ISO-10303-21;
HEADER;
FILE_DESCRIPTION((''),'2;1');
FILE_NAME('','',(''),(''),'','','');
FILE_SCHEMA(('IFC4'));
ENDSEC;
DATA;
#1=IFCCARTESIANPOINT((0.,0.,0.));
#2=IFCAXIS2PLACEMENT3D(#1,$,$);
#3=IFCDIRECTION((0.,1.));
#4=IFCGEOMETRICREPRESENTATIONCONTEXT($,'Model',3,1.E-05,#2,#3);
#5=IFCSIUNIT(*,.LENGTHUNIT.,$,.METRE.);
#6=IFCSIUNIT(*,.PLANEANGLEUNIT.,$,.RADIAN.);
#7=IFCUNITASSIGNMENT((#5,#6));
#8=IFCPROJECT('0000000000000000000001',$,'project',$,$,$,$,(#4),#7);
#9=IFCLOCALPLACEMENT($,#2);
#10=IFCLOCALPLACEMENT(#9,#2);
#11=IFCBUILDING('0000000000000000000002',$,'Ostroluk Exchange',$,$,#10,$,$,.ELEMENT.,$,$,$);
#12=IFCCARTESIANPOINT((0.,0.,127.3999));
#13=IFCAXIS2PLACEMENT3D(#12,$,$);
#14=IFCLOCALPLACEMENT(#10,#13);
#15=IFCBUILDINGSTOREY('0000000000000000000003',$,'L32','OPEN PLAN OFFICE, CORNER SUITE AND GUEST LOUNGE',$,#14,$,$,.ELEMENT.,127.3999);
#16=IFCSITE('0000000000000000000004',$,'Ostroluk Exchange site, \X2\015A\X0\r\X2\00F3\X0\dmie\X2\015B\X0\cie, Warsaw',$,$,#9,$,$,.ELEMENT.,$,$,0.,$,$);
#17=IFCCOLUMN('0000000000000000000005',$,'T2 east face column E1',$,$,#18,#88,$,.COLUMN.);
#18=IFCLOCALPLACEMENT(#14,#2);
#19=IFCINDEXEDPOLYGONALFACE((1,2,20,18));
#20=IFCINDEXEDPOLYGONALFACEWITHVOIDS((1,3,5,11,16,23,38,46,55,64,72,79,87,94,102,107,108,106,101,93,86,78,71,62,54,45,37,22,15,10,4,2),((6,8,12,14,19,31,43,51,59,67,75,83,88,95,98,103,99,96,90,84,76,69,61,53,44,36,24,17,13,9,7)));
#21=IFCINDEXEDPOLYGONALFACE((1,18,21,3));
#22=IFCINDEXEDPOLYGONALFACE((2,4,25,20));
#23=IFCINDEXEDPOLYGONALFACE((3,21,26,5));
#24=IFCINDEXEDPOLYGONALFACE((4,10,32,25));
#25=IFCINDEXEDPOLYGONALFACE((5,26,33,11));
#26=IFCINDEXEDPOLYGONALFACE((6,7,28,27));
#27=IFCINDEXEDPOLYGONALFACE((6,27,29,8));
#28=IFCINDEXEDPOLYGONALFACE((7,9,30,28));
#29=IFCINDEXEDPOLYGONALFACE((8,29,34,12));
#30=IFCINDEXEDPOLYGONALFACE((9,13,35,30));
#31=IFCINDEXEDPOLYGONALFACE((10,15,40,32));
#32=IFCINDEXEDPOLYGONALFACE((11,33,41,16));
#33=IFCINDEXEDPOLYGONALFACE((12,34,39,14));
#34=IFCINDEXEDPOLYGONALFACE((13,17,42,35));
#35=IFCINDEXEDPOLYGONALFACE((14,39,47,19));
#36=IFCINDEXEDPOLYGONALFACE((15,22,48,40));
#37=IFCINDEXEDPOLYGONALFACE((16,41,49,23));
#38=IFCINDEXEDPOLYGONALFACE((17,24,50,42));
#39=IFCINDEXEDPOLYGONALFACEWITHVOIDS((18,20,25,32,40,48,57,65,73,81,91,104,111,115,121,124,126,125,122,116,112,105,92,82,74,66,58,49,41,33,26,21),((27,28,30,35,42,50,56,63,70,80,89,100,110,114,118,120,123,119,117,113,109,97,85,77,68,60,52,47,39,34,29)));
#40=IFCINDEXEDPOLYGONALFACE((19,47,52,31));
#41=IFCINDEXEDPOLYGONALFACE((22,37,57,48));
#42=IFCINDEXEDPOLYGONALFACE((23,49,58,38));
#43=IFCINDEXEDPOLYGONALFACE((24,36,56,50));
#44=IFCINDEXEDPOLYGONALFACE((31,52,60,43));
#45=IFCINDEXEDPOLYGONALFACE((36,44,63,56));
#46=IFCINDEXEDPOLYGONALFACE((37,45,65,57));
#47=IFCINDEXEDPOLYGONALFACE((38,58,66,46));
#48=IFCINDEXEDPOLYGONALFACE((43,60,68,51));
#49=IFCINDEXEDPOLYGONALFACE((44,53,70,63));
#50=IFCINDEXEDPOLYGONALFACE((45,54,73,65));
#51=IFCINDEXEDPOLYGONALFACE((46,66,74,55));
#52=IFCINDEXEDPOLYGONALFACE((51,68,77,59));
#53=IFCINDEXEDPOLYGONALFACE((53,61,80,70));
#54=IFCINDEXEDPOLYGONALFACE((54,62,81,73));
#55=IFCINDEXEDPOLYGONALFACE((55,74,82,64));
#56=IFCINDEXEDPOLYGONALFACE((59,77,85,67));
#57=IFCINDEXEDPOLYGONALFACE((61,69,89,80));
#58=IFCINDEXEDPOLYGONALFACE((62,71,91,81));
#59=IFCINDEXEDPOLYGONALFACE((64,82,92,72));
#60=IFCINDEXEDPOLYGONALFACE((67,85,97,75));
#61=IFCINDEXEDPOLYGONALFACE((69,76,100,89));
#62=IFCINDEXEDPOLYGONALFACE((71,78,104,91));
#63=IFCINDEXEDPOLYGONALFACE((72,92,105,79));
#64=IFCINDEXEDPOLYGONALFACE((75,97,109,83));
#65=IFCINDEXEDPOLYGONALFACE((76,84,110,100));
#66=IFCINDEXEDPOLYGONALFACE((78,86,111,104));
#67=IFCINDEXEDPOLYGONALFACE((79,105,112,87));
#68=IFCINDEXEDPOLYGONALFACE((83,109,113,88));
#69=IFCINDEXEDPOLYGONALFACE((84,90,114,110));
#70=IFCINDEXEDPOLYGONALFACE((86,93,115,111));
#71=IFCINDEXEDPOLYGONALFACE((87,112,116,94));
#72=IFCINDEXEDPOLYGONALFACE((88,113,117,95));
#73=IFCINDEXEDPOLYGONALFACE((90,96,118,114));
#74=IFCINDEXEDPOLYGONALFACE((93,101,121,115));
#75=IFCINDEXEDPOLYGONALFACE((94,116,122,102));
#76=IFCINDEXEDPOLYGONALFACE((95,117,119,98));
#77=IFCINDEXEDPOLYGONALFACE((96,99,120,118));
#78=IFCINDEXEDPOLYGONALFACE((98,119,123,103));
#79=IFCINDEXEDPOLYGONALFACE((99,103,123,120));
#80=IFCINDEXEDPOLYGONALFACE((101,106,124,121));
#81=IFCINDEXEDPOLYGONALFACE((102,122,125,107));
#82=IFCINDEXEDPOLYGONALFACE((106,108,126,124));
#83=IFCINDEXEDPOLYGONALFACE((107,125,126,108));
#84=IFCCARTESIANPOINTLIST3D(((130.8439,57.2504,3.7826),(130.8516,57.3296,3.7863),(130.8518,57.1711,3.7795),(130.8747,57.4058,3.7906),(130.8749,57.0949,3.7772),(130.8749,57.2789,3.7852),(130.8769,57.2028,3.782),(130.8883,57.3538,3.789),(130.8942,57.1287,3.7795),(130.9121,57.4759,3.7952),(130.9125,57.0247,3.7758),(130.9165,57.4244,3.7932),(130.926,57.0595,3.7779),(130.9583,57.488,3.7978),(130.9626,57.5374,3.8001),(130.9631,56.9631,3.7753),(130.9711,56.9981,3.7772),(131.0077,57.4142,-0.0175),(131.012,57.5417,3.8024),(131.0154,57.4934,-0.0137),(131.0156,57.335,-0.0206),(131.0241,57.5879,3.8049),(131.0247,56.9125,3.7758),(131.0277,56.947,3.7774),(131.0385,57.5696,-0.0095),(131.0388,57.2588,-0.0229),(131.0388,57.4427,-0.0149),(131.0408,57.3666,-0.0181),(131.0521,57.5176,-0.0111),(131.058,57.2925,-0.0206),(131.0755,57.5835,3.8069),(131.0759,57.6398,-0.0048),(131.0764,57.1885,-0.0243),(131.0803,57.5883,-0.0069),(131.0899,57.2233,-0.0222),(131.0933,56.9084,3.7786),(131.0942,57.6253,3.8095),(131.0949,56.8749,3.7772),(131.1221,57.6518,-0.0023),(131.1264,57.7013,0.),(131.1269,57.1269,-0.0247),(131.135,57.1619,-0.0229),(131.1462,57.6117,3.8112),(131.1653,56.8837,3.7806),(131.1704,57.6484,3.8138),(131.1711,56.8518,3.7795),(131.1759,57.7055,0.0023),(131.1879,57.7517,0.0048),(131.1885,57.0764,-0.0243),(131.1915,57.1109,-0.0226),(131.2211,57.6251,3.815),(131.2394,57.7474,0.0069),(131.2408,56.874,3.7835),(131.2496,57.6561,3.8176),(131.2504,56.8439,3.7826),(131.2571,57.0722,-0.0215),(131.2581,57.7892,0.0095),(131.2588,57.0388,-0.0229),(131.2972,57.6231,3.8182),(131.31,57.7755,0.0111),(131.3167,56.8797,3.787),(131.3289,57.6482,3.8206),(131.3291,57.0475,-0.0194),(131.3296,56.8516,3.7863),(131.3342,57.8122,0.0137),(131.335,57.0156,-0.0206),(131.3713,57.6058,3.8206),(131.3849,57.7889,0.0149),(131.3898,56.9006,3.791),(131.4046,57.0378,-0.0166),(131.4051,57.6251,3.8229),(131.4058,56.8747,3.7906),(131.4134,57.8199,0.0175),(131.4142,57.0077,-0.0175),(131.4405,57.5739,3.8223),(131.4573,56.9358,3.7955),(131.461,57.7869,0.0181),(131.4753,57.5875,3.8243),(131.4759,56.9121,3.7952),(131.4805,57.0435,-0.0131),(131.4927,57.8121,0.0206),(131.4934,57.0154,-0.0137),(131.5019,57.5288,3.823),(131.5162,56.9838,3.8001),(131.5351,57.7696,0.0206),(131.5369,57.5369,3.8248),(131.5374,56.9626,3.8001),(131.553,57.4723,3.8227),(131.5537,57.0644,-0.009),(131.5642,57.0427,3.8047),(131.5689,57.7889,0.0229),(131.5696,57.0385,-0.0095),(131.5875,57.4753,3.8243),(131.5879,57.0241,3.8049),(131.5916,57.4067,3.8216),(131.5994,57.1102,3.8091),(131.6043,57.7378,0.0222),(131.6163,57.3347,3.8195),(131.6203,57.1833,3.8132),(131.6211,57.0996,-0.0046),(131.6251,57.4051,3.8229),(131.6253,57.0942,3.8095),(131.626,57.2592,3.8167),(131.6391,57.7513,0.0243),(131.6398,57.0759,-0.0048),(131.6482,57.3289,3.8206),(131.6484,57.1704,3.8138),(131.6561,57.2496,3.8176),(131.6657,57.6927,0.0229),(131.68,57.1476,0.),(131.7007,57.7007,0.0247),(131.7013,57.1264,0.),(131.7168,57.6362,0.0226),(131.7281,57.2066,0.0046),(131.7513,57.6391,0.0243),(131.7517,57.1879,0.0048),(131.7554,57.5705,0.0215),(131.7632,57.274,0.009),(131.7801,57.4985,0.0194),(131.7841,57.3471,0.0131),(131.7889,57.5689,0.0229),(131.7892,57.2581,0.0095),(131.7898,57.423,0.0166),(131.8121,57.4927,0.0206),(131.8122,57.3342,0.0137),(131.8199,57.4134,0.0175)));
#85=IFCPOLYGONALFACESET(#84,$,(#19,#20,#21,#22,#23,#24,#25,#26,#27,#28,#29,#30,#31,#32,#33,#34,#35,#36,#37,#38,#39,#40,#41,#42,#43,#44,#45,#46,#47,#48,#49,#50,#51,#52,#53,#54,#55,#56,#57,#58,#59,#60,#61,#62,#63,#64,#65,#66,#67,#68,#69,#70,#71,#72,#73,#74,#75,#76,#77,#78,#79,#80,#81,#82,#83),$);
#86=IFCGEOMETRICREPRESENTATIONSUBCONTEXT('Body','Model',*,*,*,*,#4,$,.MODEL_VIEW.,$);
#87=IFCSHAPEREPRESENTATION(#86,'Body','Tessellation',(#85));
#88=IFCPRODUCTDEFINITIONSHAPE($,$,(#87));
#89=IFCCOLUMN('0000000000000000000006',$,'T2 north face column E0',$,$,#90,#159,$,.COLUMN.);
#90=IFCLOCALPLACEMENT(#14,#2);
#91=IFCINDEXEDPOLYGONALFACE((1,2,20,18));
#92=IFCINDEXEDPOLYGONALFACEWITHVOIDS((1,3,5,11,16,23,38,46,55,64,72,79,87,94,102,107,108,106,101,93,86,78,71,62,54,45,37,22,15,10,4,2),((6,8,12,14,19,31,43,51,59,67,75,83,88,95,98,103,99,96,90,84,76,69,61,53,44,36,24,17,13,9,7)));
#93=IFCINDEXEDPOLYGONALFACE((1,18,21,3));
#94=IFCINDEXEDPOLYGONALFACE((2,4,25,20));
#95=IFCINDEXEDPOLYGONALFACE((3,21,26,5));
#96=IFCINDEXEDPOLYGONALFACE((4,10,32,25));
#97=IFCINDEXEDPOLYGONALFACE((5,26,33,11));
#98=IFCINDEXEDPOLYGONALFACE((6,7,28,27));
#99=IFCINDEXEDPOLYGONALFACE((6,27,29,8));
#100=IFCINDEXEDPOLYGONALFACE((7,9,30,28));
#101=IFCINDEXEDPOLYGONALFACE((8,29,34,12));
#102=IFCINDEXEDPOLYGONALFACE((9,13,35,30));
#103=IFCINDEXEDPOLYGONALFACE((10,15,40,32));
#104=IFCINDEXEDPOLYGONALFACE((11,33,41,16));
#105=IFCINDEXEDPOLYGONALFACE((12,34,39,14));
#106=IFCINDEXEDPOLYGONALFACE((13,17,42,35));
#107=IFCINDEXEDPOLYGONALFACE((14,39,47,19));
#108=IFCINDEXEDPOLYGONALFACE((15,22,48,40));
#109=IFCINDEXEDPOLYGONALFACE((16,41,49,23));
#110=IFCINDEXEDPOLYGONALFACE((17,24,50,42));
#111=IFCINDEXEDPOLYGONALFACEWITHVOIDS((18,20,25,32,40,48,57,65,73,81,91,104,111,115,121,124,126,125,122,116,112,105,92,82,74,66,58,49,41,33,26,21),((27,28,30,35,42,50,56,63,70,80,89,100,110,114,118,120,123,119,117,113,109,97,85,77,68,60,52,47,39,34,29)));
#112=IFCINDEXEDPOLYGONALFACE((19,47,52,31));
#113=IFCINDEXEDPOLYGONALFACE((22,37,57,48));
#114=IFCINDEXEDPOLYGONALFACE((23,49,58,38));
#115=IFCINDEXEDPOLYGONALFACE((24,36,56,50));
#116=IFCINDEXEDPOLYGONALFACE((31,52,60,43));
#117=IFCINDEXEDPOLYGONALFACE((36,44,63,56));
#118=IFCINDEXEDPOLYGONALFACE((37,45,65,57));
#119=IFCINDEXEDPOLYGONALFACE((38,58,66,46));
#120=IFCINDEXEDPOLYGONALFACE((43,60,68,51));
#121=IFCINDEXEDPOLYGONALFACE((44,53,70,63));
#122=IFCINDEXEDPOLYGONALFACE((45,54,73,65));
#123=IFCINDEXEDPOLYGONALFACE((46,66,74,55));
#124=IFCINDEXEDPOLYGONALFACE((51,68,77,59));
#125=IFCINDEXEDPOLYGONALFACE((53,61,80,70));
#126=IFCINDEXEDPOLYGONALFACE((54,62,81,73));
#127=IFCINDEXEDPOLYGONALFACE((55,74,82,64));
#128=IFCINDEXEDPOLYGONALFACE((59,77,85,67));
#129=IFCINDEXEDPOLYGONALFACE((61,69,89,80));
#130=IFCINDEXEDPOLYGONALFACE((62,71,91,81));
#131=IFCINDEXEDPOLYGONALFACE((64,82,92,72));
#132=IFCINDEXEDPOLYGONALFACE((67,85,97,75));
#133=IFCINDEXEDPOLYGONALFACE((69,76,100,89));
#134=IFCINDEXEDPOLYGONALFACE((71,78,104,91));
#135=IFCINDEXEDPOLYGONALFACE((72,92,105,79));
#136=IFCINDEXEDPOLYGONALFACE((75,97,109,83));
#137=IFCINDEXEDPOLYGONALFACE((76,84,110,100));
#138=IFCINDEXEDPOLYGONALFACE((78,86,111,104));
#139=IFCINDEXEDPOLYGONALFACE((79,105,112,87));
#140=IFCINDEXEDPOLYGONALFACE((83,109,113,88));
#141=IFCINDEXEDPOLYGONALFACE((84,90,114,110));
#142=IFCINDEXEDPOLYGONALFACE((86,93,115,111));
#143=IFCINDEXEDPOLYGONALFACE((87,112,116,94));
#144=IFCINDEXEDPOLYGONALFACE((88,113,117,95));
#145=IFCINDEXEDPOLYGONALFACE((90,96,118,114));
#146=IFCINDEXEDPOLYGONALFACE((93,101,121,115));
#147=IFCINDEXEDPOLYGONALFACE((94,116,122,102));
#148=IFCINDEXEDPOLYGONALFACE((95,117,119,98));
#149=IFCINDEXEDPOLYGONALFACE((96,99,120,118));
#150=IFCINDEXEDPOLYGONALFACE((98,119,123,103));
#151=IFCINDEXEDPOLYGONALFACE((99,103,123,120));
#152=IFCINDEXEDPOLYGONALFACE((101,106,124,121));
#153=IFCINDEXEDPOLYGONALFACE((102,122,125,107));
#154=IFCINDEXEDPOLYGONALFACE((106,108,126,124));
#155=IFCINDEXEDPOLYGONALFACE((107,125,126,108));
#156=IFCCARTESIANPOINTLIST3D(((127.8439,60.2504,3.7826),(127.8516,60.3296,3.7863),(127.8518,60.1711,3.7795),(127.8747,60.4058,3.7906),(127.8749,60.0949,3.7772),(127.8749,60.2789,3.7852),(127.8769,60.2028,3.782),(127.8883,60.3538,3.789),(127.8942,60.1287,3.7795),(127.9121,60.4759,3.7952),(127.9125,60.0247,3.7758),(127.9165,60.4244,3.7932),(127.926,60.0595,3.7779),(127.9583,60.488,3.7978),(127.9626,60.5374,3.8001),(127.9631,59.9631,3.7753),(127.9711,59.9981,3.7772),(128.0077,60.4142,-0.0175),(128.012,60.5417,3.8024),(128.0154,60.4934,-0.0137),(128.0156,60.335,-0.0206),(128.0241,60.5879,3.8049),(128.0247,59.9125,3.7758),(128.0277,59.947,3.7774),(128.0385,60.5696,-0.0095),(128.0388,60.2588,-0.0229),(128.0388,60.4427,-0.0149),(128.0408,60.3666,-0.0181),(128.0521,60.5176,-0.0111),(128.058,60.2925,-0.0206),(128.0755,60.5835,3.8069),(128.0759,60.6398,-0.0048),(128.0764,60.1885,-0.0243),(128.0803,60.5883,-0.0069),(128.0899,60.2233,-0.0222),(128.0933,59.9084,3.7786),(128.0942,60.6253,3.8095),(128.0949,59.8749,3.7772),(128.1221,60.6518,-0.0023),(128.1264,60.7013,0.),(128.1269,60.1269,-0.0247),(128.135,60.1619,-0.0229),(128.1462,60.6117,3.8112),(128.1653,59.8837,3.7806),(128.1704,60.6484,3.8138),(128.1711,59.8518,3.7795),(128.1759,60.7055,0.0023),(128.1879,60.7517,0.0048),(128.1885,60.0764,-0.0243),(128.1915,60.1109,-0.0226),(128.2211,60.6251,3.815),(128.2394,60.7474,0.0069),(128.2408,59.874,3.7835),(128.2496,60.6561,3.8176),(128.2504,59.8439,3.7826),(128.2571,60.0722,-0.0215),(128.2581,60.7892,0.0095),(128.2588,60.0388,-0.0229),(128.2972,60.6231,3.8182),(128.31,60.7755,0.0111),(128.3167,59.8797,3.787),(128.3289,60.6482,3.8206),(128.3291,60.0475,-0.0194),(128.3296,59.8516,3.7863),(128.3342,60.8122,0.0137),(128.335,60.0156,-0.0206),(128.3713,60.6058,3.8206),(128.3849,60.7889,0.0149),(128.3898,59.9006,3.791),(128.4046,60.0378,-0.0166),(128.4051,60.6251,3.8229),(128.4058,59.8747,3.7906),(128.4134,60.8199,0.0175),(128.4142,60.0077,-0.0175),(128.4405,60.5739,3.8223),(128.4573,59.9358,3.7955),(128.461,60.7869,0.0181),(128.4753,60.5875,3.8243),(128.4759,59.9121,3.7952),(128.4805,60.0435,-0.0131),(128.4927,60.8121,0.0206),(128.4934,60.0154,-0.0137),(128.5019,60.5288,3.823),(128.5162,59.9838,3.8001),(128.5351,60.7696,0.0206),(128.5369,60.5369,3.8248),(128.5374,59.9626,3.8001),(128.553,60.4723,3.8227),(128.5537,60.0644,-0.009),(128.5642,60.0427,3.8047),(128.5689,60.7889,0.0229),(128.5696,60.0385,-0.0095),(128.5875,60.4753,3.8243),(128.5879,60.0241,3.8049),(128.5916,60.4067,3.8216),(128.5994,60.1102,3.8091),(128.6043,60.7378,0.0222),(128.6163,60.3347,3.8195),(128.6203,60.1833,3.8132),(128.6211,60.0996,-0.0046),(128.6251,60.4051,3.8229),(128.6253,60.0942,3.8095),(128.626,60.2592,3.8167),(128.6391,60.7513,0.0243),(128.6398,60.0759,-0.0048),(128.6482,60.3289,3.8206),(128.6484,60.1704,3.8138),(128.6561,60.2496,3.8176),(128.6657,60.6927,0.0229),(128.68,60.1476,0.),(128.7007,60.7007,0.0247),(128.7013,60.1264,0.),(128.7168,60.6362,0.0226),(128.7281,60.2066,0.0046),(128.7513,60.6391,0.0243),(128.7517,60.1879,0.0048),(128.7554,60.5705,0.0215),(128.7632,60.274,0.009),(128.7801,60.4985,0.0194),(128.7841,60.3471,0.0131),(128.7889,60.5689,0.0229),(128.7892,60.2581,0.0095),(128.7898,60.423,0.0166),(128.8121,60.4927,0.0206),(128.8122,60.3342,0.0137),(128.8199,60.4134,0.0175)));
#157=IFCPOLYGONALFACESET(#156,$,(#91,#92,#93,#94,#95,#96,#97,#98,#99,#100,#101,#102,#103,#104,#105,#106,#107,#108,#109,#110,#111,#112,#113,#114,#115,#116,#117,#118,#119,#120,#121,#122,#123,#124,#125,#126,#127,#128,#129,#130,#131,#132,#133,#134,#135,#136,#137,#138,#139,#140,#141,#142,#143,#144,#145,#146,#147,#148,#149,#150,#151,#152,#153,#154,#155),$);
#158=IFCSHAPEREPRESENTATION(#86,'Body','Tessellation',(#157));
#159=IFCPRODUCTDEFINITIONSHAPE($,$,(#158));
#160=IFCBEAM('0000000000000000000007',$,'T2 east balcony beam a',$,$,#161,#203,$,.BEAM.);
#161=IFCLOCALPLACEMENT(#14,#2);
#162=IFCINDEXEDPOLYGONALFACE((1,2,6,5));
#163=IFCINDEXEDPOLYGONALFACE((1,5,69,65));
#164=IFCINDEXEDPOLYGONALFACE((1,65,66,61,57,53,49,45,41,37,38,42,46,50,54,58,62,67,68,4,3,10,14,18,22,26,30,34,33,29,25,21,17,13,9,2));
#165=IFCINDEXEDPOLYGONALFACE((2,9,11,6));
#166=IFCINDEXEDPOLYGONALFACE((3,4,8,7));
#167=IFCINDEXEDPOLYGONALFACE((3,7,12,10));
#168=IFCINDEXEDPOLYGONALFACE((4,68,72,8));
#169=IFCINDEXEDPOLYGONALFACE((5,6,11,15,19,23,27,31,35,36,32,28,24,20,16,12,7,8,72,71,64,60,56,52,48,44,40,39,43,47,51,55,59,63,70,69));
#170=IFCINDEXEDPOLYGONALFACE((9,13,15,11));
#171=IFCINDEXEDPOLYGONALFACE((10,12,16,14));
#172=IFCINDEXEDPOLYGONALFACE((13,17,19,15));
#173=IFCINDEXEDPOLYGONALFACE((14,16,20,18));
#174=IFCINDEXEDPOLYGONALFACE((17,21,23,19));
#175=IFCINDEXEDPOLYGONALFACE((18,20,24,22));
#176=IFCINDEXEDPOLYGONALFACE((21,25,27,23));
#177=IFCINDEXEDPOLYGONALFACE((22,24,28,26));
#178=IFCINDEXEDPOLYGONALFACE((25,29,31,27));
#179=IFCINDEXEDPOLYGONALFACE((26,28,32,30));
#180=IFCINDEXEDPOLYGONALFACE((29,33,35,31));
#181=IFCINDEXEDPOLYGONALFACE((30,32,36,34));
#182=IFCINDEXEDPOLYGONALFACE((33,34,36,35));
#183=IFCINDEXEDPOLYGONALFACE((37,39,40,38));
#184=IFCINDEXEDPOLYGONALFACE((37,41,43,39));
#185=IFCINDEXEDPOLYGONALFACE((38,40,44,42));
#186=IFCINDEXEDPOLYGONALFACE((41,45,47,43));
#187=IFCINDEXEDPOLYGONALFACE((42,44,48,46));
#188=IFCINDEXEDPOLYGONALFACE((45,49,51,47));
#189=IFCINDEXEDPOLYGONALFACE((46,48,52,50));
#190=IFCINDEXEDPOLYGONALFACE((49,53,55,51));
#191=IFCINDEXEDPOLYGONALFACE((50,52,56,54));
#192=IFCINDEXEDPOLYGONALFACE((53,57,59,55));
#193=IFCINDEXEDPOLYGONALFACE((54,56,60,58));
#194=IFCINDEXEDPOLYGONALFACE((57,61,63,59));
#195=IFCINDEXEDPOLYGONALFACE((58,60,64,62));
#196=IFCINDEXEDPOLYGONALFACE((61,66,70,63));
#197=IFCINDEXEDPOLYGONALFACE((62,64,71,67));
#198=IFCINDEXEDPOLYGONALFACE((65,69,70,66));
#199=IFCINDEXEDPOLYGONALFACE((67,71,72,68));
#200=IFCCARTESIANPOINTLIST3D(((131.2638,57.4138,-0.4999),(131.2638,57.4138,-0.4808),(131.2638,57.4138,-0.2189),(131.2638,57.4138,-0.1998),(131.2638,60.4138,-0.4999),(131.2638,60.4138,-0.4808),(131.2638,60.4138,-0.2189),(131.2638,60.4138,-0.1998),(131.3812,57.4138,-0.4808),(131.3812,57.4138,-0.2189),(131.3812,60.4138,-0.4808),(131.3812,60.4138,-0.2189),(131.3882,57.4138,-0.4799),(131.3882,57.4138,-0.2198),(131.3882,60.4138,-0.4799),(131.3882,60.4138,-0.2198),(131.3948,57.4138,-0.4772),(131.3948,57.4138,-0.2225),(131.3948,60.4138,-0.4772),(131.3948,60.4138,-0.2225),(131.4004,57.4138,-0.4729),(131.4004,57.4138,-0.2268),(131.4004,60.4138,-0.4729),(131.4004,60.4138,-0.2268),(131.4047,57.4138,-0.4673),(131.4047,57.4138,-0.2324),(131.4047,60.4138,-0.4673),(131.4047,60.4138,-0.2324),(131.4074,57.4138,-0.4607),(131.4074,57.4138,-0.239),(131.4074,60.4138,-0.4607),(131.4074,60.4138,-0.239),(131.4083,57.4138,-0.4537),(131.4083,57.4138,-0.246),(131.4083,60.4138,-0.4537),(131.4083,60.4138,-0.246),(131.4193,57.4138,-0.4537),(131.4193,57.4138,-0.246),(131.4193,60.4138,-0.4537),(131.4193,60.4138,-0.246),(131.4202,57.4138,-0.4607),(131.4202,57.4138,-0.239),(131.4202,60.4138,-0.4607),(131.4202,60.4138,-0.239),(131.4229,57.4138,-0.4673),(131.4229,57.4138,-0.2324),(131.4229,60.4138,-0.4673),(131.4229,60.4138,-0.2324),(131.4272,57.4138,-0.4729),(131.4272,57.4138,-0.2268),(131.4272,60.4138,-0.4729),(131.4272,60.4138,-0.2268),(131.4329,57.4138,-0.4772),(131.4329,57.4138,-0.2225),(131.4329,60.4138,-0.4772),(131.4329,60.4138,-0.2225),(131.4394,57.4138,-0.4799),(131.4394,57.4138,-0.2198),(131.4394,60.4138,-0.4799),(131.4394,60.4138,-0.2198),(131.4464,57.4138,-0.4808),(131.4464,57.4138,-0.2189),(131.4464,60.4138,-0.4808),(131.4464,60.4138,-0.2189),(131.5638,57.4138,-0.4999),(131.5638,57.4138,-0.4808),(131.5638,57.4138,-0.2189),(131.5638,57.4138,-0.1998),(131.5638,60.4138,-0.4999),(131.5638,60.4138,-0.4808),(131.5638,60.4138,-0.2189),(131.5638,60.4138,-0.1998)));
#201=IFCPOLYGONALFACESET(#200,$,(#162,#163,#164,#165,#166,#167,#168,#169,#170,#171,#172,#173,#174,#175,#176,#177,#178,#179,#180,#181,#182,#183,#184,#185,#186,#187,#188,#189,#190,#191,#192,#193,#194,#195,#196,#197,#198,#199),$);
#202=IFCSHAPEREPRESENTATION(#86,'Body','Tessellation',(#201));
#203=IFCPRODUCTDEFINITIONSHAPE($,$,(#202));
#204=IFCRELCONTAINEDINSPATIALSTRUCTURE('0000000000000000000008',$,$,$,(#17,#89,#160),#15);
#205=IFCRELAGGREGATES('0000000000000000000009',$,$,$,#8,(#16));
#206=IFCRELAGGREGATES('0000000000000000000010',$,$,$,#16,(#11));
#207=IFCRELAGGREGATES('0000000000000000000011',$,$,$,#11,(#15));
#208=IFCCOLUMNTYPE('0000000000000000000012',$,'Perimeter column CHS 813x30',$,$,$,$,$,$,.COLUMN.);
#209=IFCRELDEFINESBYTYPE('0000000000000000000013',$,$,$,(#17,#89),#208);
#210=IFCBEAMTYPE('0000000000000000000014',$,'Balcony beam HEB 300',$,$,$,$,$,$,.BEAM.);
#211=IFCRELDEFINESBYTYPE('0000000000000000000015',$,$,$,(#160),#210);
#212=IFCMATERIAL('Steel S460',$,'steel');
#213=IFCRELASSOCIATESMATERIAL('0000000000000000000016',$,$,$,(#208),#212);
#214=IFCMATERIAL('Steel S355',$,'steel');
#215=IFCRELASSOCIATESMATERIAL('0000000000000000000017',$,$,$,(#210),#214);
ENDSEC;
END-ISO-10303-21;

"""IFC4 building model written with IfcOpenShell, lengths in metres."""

from ifc_helpers import new_model, si_unit, direction, frame, origin, origin_2d, place, context, subcontext, project, spatial, hollow_circle, i_section, extrude, material, material_profile, profile_set, type_object, element, save


model = new_model("IFC4")

# Units and contexts
model_context = context("Model", 3, precision=1e-05, world=origin(), true_north=direction((0.0, 1.0)))
body_context = subcontext(model_context, "Body", "Model", "MODEL_VIEW")
ifc_project = project(units=[si_unit("LENGTHUNIT", "METRE"), si_unit("PLANEANGLEUNIT", "RADIAN")], contexts=[model_context])

# Site, building, storey
site_placement = place(None, origin())
site = spatial("IfcSite", under=ifc_project, at=site_placement, Name="Ostroluk Exchange site, Śródmieście, Warsaw", CompositionType="ELEMENT", RefElevation=0.0)
building_placement = place(site_placement, origin())
building = spatial("IfcBuilding", under=site, at=building_placement, Name="Ostroluk Exchange", CompositionType="ELEMENT")
storey_placement = place(building_placement, frame((0.0, 0.0, 127.3999)))
storey = spatial("IfcBuildingStorey", under=building, at=storey_placement, Name="L32", Description="OPEN PLAN OFFICE, CORNER SUITE AND GUEST LOUNGE", CompositionType="ELEMENT", Elevation=127.3999)

# Columns
ifc_material_1 = material(Name="Steel S460", Category="steel")
ifc_material_profile_1 = material_profile(ifc_material_1, hollow_circle(Radius=0.4065, WallThickness=0.03, at=origin_2d()), Name="CHS 813x30")
ifc_profile_set_1 = profile_set([ifc_material_profile_1], Name="Steel S460")
column_type = type_object("IfcColumnType", Name="Perimeter column CHS 813x30", PredefinedType="COLUMN", material=ifc_profile_set_1)
for number, where, z_axis, x_axis, name in (
    (1, (131.4138, 57.4138, 0.0), (-0.04303, -0.04303, 0.998147), (0.707107, -0.707107, 0.0), "T2 east face column E1"),
    (2, (128.4138, 60.4138, 0.0), (-0.04303, -0.04303, 0.998147), (0.707107, -0.707107, 0.0), "T2 north face column E0"),
):
    element("IfcColumn", number, at=place(storey_placement, frame(where, z_axis=z_axis, x_axis=x_axis)), inside=storey, type_object=column_type, Name=name, PredefinedType="COLUMN", context=body_context, shape_type="SweptSolid", body=[
        extrude(hollow_circle(Radius=0.4065, WallThickness=0.03, at=origin_2d()), origin(), (0.0, 0.0, 1.0), 3.8071),
    ])

# Beam
ifc_material_2 = material(Name="Steel S355", Category="steel")
ifc_material_profile_2 = material_profile(ifc_material_2, i_section(OverallWidth=0.3, OverallDepth=0.3, WebThickness=0.011, FlangeThickness=0.019, FilletRadius=0.0271, at=origin_2d()), Name="HEB 300")
ifc_profile_set_2 = profile_set([ifc_material_profile_2], Name="Steel S355")
beam_type_1 = type_object("IfcBeamType", Name="Balcony beam HEB 300", PredefinedType="BEAM", material=ifc_profile_set_2)
for number, where, z_axis, x_axis, name in (
    (3, (131.4138, 57.4138, -0.3499), (0.0, 1.0, 0.0), (-1.0, 0.0, 0.0), "T2 east balcony beam a"),
):
    element("IfcBeam", number, at=place(storey_placement, frame(where, z_axis=z_axis, x_axis=x_axis)), inside=storey, type_object=beam_type_1, Name=name, PredefinedType="BEAM", context=body_context, shape_type="SweptSolid", body=[
        extrude(i_section(OverallWidth=0.3, OverallDepth=0.3, WebThickness=0.011, FlangeThickness=0.019, FilletRadius=0.0271, at=origin_2d()), origin(), (0.0, 0.0, 1.0), 3.0),
    ])

save(model, "model.ifc")
